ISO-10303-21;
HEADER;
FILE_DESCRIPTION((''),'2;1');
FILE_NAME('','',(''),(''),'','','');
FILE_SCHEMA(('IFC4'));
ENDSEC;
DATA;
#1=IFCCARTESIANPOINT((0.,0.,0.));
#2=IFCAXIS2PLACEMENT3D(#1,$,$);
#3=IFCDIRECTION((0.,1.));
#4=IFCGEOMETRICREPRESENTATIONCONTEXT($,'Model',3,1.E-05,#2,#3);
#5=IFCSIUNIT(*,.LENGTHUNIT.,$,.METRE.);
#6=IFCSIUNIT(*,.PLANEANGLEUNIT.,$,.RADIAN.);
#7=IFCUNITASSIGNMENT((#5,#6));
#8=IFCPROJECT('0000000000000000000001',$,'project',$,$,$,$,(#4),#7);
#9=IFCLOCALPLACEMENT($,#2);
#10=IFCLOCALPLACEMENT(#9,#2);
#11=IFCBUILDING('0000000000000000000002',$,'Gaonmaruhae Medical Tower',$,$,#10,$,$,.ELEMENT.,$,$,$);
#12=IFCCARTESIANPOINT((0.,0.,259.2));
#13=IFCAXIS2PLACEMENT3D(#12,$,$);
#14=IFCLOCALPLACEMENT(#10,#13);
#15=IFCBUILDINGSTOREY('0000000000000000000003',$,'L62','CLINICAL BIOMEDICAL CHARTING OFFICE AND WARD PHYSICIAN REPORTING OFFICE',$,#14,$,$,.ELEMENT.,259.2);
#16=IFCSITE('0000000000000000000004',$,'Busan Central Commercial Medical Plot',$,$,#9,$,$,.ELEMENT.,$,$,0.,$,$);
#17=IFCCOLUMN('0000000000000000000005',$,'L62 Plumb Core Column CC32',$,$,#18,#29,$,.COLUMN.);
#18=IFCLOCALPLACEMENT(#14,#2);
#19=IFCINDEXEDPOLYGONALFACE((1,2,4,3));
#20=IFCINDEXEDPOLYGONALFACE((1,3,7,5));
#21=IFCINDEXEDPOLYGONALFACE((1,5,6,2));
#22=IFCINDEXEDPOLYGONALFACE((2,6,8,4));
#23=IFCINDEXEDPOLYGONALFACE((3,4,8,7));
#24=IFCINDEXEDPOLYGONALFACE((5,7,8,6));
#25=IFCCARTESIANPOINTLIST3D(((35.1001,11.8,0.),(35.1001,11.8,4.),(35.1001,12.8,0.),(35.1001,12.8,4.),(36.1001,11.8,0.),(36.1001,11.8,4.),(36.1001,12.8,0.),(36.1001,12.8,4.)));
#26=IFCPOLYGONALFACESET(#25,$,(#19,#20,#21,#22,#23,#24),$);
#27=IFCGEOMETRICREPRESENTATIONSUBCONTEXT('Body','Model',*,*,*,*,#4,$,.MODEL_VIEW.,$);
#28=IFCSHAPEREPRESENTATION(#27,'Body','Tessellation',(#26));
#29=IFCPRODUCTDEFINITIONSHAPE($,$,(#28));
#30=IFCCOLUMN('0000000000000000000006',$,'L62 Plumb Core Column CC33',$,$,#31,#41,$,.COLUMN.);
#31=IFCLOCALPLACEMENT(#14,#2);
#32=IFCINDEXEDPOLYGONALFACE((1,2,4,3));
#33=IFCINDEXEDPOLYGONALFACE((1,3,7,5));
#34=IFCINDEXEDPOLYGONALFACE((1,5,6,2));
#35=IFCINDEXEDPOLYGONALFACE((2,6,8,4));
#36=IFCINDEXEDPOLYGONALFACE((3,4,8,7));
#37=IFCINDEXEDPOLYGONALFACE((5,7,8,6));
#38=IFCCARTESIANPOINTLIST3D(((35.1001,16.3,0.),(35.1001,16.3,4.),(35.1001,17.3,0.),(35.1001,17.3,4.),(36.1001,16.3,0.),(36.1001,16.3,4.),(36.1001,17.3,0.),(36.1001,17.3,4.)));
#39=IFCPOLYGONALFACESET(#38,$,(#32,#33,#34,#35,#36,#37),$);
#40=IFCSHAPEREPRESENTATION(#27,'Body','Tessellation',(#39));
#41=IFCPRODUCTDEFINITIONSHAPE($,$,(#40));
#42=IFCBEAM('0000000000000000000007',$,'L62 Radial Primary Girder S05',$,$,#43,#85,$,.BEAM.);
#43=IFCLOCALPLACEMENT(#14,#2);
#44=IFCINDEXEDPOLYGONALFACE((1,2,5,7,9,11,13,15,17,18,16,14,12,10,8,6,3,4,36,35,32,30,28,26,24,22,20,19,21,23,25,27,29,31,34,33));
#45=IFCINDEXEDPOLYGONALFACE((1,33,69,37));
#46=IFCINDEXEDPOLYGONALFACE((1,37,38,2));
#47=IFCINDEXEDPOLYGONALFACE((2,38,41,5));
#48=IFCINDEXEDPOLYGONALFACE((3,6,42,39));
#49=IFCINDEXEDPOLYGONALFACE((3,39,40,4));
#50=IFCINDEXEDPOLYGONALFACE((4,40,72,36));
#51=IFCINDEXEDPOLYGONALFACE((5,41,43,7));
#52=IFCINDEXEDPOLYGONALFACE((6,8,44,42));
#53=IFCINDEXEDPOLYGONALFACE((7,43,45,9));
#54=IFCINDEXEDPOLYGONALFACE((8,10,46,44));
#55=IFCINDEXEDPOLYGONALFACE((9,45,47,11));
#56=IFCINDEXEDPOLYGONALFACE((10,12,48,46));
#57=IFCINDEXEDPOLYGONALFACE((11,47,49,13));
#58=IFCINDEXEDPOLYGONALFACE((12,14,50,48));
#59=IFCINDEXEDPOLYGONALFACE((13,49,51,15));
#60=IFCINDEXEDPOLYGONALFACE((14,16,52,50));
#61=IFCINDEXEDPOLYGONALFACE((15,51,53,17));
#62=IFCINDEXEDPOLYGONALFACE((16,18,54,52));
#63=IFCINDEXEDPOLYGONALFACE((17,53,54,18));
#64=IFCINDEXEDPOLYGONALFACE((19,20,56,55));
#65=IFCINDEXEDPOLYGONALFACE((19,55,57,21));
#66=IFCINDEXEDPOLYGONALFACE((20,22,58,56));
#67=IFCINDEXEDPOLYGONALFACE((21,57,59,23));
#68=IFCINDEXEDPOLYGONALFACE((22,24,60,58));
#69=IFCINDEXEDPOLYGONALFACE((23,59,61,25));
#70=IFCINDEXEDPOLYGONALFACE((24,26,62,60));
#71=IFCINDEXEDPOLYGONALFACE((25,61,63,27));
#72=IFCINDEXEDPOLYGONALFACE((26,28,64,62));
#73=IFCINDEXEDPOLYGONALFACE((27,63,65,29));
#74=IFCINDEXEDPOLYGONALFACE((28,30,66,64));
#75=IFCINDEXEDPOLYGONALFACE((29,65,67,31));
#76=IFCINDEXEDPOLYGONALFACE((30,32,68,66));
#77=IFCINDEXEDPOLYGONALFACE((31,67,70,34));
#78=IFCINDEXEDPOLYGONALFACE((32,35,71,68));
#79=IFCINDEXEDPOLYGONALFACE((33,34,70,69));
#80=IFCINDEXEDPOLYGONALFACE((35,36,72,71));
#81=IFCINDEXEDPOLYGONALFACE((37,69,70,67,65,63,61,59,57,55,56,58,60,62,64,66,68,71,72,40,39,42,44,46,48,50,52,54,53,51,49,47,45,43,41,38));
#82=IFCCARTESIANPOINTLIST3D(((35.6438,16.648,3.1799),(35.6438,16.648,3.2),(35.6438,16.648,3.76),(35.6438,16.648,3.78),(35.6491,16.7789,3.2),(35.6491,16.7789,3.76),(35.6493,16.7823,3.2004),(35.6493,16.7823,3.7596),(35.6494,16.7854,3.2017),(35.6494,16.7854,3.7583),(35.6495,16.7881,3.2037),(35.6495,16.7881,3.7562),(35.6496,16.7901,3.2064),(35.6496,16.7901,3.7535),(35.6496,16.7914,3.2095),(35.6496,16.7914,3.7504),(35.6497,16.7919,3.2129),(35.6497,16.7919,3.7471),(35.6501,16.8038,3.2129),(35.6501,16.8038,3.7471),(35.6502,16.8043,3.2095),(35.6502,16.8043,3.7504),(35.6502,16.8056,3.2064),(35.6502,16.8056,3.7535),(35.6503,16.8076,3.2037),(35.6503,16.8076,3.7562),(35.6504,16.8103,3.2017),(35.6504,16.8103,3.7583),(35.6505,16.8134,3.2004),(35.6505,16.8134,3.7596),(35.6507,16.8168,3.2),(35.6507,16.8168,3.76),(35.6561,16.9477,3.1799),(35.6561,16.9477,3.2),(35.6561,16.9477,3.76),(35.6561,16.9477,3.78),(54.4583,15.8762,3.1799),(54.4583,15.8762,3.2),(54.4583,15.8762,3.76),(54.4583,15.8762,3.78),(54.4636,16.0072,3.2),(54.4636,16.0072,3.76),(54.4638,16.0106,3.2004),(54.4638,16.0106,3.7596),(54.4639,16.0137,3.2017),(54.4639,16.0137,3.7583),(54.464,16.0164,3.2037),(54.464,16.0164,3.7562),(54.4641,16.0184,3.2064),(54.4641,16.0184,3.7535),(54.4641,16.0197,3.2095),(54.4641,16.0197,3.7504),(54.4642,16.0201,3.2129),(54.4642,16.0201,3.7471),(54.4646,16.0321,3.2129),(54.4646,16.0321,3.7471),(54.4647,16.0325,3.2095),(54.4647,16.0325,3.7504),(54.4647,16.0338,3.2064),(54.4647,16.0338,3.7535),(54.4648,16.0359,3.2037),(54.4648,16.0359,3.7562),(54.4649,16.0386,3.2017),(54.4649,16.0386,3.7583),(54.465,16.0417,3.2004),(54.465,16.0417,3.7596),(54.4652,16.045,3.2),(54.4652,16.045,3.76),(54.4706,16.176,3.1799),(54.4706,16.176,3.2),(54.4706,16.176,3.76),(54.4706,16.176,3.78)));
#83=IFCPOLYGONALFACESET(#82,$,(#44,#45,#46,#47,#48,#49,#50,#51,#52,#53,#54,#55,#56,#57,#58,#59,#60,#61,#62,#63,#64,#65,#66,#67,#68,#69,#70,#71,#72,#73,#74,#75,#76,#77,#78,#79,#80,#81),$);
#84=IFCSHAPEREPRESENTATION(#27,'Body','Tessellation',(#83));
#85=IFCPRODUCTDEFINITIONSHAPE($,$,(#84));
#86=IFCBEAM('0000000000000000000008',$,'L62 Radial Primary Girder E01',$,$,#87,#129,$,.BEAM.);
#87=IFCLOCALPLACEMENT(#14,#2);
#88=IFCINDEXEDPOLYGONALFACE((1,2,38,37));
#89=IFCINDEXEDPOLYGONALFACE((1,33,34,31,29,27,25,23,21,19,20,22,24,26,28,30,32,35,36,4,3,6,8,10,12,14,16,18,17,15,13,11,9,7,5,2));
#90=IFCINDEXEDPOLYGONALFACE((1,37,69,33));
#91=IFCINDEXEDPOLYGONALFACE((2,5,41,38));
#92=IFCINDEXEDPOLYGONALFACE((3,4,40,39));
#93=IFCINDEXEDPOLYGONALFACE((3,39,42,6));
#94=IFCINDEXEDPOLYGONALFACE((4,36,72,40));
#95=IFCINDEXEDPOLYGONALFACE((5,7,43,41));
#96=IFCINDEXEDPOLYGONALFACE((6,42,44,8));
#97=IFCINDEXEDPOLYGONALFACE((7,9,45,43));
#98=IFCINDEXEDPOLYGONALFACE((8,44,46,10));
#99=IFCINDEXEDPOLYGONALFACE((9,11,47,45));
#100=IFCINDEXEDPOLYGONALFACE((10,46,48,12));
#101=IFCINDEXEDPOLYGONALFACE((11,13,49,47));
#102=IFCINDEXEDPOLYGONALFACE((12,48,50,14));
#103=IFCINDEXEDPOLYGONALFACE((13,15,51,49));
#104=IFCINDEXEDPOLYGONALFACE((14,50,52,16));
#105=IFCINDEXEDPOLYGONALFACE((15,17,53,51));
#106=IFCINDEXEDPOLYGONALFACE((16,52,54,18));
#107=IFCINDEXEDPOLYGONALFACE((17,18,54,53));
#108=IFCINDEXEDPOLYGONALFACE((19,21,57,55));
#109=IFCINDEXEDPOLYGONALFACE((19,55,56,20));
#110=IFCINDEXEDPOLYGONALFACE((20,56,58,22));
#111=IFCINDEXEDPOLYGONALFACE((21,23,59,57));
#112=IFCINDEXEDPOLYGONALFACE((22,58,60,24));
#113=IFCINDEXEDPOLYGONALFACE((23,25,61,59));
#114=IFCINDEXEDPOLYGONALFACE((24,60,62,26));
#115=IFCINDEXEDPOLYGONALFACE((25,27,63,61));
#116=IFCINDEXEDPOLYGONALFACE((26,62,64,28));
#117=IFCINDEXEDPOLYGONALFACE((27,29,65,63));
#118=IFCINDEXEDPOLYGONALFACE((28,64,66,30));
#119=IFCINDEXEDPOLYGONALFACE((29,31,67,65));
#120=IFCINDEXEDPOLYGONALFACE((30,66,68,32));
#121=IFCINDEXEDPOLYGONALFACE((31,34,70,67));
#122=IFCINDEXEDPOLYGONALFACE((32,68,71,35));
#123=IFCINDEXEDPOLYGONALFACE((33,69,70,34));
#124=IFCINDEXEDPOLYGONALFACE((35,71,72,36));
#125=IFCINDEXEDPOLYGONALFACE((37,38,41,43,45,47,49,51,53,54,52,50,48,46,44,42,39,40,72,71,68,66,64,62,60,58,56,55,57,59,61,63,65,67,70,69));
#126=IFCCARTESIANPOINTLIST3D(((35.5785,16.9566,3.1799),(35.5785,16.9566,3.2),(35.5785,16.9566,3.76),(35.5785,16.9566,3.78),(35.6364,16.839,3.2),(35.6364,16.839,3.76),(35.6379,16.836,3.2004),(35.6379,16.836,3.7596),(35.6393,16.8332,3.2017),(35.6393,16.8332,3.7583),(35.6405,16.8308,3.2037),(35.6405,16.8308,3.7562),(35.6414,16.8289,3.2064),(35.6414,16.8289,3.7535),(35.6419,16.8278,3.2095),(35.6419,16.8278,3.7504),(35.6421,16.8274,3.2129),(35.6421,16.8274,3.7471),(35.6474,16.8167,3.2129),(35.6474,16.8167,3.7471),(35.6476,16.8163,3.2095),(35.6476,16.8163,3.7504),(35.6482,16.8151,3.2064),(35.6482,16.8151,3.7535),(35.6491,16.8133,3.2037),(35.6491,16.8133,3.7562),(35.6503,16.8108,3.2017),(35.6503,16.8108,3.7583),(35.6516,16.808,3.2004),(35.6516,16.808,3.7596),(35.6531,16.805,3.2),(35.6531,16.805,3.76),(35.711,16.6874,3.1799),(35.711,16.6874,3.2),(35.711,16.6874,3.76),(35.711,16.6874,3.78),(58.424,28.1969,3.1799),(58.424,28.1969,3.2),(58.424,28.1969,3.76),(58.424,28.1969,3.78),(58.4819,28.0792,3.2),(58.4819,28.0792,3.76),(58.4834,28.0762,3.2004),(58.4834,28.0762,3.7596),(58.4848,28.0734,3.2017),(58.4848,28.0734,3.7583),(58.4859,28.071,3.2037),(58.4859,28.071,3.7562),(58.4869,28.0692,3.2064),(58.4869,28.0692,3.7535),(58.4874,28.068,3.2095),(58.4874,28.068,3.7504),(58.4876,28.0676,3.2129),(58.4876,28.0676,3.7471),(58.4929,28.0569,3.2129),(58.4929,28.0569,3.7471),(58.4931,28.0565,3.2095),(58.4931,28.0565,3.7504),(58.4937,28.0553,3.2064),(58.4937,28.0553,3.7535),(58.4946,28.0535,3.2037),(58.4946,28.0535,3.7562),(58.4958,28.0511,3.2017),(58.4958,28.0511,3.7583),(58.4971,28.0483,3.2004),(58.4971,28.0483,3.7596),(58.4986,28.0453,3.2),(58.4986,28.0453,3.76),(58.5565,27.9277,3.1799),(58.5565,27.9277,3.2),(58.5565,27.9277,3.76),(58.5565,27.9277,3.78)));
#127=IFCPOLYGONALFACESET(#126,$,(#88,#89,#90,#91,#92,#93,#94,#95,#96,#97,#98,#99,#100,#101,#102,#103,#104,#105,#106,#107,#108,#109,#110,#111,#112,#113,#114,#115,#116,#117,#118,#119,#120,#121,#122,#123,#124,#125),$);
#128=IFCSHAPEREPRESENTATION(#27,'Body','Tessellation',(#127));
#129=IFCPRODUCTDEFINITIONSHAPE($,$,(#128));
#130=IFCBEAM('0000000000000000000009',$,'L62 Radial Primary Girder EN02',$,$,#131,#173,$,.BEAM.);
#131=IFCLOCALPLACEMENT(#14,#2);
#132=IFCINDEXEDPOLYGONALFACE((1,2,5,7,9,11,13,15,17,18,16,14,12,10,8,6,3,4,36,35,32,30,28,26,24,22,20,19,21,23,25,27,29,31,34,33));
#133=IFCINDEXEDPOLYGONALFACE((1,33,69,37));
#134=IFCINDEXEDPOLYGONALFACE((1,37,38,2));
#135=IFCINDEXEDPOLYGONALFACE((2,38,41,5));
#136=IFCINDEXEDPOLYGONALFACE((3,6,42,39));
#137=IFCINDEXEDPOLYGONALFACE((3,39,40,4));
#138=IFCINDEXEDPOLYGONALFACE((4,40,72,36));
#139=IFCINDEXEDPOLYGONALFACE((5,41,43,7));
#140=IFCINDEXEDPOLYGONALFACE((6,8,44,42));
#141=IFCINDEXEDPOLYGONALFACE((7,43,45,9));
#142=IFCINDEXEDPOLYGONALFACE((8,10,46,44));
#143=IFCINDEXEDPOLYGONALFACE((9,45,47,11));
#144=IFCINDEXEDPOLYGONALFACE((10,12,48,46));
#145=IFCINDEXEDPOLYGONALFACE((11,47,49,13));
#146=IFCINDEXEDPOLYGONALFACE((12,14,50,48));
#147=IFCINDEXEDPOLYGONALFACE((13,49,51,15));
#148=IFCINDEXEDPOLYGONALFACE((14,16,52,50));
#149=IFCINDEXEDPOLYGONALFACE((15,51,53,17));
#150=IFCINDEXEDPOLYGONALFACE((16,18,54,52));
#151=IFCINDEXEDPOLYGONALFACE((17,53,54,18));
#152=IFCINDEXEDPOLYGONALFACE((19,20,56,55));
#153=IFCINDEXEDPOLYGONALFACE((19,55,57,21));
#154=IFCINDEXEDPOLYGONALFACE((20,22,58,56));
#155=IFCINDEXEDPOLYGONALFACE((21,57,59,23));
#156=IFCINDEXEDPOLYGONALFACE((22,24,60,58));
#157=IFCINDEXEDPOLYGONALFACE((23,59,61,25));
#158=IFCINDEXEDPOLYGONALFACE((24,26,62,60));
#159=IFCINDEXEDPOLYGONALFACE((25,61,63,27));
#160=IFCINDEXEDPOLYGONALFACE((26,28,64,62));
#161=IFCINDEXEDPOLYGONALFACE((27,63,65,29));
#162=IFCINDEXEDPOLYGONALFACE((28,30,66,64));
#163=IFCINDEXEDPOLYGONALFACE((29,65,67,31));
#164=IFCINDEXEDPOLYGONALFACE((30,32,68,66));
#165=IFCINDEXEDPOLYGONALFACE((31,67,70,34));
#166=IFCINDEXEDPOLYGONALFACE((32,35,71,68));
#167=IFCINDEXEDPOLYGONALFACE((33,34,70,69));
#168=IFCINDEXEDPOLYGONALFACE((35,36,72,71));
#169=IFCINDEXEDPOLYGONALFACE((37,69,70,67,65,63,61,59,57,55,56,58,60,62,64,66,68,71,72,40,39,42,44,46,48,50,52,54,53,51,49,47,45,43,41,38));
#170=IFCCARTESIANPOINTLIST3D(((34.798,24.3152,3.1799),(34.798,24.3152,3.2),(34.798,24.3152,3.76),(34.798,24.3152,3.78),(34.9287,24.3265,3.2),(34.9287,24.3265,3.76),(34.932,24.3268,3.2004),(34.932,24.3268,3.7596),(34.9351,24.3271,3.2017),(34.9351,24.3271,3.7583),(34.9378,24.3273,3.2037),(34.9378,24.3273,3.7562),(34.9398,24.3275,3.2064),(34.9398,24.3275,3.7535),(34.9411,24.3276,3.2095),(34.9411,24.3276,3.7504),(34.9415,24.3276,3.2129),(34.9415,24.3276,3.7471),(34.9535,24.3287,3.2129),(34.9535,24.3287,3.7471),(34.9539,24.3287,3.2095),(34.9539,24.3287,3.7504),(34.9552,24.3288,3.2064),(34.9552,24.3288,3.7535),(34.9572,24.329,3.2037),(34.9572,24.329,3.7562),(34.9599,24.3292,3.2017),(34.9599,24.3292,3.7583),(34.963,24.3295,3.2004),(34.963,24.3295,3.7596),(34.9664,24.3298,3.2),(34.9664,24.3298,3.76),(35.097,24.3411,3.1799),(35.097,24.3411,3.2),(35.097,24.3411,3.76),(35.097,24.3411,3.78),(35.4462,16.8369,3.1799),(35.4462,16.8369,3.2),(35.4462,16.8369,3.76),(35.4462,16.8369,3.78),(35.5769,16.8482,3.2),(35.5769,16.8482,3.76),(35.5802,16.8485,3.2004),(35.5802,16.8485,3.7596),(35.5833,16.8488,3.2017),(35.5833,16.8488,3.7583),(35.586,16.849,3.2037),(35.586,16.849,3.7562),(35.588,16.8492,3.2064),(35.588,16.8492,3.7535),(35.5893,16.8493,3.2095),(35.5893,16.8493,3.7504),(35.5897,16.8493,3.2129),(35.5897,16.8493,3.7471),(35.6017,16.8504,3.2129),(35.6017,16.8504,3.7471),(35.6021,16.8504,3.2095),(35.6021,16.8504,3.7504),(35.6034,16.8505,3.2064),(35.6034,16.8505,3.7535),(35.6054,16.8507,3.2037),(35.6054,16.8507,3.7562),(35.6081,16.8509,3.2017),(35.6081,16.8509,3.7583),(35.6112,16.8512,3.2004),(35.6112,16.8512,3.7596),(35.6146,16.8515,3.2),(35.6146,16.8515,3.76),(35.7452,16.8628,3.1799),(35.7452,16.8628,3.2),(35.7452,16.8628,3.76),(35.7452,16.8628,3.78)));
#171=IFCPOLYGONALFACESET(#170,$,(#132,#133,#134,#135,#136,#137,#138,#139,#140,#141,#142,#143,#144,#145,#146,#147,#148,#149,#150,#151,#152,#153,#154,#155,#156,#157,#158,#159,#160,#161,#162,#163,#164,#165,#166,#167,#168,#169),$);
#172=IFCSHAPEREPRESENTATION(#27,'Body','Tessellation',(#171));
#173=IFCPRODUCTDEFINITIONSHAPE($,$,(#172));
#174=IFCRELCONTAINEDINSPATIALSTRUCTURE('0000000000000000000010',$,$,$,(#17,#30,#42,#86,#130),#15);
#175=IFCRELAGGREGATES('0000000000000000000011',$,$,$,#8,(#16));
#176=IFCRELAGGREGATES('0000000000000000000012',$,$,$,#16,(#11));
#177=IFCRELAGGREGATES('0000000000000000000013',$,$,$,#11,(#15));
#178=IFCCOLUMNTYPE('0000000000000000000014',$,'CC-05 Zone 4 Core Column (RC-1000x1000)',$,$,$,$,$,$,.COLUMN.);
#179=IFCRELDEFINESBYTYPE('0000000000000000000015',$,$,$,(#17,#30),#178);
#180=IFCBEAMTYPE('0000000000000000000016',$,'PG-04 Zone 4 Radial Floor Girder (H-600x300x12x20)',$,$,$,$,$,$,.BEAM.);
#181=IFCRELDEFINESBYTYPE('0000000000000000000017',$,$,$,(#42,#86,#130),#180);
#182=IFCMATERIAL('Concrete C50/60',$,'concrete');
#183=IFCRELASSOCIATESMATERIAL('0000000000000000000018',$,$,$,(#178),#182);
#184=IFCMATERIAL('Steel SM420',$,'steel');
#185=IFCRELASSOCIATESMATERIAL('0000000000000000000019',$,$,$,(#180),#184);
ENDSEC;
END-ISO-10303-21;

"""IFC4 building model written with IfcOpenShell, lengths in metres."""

from ifc_helpers import new_model, si_unit, direction, frame, origin, origin_2d, place, context, subcontext, project, spatial, rectangle, i_section, extrude, material, material_profile, profile_set, type_object, element, save


model = new_model("IFC4")

# Units and contexts
model_context = context("Model", 3, precision=1e-05, world=origin(), true_north=direction((0.0, 1.0)))
body_context = subcontext(model_context, "Body", "Model", "MODEL_VIEW")
ifc_project = project(units=[si_unit("LENGTHUNIT", "METRE"), si_unit("PLANEANGLEUNIT", "RADIAN")], contexts=[model_context])

# Site, building, storey
site_placement = place(None, origin())
site = spatial("IfcSite", under=ifc_project, at=site_placement, Name="Busan Central Commercial Medical Plot", CompositionType="ELEMENT", RefElevation=0.0)
building_placement = place(site_placement, origin())
building = spatial("IfcBuilding", under=site, at=building_placement, Name="Gaonmaruhae Medical Tower", CompositionType="ELEMENT")
storey_placement = place(building_placement, frame((0.0, 0.0, 259.2)))
storey = spatial("IfcBuildingStorey", under=building, at=storey_placement, Name="L62", Description="CLINICAL BIOMEDICAL CHARTING OFFICE AND WARD PHYSICIAN REPORTING OFFICE", CompositionType="ELEMENT", Elevation=259.2)

# Columns
ifc_material_1 = material(Name="Concrete C50/60", Category="concrete")
ifc_material_profile_1 = material_profile(ifc_material_1, rectangle(XDim=1.0, YDim=1.0, at=origin_2d()), Name="RC-1000x1000")
ifc_profile_set_1 = profile_set([ifc_material_profile_1], Name="Concrete C50/60")
column_type = type_object("IfcColumnType", Name="CC-05 Zone 4 Core Column (RC-1000x1000)", PredefinedType="COLUMN", material=ifc_profile_set_1)
for number, where, z_axis, x_axis, name in (
    (1, (35.6001, 12.3, 0.0), (0.0, 0.0, 1.0), (1.0, 0.0, 0.0), "L62 Plumb Core Column CC32"),
    (2, (35.6001, 16.8, 0.0), (0.0, 0.0, 1.0), (1.0, 0.0, 0.0), "L62 Plumb Core Column CC33"),
):
    element("IfcColumn", number, at=place(storey_placement, frame(where, z_axis=z_axis, x_axis=x_axis)), inside=storey, type_object=column_type, Name=name, PredefinedType="COLUMN", context=body_context, shape_type="SweptSolid", body=[
        extrude(rectangle(XDim=1.0, YDim=1.0, at=origin_2d()), origin(), (0.0, 0.0, 1.0), 4.0),
    ])

# Beams
ifc_material_2 = material(Name="Steel SM420", Category="steel")
ifc_material_profile_2 = material_profile(ifc_material_2, i_section(OverallWidth=0.3, OverallDepth=0.6001, WebThickness=0.012, FlangeThickness=0.02, FilletRadius=0.0129, at=origin_2d()), Name="H-600x300x12x20")
ifc_profile_set_2 = profile_set([ifc_material_profile_2], Name="Steel SM420")
beam_type = type_object("IfcBeamType", Name="PG-04 Zone 4 Radial Floor Girder (H-600x300x12x20)", PredefinedType="BEAM", material=ifc_profile_set_2)
beam_1_placement = place(storey_placement, frame((35.6499, 16.7979, 3.48), z_axis=(0.99916, -0.040983, 0.0), x_axis=(0.040983, 0.99916, 0.0)))
element("IfcBeam", 3, at=beam_1_placement, inside=storey, type_object=beam_type, Name="L62 Radial Primary Girder S05", PredefinedType="BEAM", context=body_context, shape_type="SweptSolid", body=[
    extrude(i_section(OverallWidth=0.3, OverallDepth=0.6001, WebThickness=0.012, FlangeThickness=0.02, FilletRadius=0.0129, at=origin_2d()), origin(), (0.0, 0.0, 1.0), 18.8303),
])
beam_2_placement = place(storey_placement, frame((35.6448, 16.822, 3.48), z_axis=(0.897276, 0.44147, 0.0), x_axis=(-0.44147, 0.897276, 0.0)))
element("IfcBeam", 4, at=beam_2_placement, inside=storey, type_object=beam_type, Name="L62 Radial Primary Girder E01", PredefinedType="BEAM", context=body_context, shape_type="SweptSolid", body=[
    extrude(i_section(OverallWidth=0.3, OverallDepth=0.6001, WebThickness=0.012, FlangeThickness=0.02, FilletRadius=0.0129, at=origin_2d()), origin(), (0.0, 0.0, 1.0), 25.4609),
])
beam_3_placement = place(storey_placement, frame((35.5957, 16.8499, 3.48), z_axis=(-0.086353, 0.996265, 0.0), x_axis=(-0.996265, -0.086353, 0.0)))
element("IfcBeam", 5, at=beam_3_placement, inside=storey, type_object=beam_type, Name="L62 Radial Primary Girder EN02", PredefinedType="BEAM", context=body_context, shape_type="SweptSolid", body=[
    extrude(i_section(OverallWidth=0.3, OverallDepth=0.6001, WebThickness=0.012, FlangeThickness=0.02, FilletRadius=0.0129, at=origin_2d()), origin(), (0.0, 0.0, 1.0), 7.5063),
])

save(model, "model.ifc")
